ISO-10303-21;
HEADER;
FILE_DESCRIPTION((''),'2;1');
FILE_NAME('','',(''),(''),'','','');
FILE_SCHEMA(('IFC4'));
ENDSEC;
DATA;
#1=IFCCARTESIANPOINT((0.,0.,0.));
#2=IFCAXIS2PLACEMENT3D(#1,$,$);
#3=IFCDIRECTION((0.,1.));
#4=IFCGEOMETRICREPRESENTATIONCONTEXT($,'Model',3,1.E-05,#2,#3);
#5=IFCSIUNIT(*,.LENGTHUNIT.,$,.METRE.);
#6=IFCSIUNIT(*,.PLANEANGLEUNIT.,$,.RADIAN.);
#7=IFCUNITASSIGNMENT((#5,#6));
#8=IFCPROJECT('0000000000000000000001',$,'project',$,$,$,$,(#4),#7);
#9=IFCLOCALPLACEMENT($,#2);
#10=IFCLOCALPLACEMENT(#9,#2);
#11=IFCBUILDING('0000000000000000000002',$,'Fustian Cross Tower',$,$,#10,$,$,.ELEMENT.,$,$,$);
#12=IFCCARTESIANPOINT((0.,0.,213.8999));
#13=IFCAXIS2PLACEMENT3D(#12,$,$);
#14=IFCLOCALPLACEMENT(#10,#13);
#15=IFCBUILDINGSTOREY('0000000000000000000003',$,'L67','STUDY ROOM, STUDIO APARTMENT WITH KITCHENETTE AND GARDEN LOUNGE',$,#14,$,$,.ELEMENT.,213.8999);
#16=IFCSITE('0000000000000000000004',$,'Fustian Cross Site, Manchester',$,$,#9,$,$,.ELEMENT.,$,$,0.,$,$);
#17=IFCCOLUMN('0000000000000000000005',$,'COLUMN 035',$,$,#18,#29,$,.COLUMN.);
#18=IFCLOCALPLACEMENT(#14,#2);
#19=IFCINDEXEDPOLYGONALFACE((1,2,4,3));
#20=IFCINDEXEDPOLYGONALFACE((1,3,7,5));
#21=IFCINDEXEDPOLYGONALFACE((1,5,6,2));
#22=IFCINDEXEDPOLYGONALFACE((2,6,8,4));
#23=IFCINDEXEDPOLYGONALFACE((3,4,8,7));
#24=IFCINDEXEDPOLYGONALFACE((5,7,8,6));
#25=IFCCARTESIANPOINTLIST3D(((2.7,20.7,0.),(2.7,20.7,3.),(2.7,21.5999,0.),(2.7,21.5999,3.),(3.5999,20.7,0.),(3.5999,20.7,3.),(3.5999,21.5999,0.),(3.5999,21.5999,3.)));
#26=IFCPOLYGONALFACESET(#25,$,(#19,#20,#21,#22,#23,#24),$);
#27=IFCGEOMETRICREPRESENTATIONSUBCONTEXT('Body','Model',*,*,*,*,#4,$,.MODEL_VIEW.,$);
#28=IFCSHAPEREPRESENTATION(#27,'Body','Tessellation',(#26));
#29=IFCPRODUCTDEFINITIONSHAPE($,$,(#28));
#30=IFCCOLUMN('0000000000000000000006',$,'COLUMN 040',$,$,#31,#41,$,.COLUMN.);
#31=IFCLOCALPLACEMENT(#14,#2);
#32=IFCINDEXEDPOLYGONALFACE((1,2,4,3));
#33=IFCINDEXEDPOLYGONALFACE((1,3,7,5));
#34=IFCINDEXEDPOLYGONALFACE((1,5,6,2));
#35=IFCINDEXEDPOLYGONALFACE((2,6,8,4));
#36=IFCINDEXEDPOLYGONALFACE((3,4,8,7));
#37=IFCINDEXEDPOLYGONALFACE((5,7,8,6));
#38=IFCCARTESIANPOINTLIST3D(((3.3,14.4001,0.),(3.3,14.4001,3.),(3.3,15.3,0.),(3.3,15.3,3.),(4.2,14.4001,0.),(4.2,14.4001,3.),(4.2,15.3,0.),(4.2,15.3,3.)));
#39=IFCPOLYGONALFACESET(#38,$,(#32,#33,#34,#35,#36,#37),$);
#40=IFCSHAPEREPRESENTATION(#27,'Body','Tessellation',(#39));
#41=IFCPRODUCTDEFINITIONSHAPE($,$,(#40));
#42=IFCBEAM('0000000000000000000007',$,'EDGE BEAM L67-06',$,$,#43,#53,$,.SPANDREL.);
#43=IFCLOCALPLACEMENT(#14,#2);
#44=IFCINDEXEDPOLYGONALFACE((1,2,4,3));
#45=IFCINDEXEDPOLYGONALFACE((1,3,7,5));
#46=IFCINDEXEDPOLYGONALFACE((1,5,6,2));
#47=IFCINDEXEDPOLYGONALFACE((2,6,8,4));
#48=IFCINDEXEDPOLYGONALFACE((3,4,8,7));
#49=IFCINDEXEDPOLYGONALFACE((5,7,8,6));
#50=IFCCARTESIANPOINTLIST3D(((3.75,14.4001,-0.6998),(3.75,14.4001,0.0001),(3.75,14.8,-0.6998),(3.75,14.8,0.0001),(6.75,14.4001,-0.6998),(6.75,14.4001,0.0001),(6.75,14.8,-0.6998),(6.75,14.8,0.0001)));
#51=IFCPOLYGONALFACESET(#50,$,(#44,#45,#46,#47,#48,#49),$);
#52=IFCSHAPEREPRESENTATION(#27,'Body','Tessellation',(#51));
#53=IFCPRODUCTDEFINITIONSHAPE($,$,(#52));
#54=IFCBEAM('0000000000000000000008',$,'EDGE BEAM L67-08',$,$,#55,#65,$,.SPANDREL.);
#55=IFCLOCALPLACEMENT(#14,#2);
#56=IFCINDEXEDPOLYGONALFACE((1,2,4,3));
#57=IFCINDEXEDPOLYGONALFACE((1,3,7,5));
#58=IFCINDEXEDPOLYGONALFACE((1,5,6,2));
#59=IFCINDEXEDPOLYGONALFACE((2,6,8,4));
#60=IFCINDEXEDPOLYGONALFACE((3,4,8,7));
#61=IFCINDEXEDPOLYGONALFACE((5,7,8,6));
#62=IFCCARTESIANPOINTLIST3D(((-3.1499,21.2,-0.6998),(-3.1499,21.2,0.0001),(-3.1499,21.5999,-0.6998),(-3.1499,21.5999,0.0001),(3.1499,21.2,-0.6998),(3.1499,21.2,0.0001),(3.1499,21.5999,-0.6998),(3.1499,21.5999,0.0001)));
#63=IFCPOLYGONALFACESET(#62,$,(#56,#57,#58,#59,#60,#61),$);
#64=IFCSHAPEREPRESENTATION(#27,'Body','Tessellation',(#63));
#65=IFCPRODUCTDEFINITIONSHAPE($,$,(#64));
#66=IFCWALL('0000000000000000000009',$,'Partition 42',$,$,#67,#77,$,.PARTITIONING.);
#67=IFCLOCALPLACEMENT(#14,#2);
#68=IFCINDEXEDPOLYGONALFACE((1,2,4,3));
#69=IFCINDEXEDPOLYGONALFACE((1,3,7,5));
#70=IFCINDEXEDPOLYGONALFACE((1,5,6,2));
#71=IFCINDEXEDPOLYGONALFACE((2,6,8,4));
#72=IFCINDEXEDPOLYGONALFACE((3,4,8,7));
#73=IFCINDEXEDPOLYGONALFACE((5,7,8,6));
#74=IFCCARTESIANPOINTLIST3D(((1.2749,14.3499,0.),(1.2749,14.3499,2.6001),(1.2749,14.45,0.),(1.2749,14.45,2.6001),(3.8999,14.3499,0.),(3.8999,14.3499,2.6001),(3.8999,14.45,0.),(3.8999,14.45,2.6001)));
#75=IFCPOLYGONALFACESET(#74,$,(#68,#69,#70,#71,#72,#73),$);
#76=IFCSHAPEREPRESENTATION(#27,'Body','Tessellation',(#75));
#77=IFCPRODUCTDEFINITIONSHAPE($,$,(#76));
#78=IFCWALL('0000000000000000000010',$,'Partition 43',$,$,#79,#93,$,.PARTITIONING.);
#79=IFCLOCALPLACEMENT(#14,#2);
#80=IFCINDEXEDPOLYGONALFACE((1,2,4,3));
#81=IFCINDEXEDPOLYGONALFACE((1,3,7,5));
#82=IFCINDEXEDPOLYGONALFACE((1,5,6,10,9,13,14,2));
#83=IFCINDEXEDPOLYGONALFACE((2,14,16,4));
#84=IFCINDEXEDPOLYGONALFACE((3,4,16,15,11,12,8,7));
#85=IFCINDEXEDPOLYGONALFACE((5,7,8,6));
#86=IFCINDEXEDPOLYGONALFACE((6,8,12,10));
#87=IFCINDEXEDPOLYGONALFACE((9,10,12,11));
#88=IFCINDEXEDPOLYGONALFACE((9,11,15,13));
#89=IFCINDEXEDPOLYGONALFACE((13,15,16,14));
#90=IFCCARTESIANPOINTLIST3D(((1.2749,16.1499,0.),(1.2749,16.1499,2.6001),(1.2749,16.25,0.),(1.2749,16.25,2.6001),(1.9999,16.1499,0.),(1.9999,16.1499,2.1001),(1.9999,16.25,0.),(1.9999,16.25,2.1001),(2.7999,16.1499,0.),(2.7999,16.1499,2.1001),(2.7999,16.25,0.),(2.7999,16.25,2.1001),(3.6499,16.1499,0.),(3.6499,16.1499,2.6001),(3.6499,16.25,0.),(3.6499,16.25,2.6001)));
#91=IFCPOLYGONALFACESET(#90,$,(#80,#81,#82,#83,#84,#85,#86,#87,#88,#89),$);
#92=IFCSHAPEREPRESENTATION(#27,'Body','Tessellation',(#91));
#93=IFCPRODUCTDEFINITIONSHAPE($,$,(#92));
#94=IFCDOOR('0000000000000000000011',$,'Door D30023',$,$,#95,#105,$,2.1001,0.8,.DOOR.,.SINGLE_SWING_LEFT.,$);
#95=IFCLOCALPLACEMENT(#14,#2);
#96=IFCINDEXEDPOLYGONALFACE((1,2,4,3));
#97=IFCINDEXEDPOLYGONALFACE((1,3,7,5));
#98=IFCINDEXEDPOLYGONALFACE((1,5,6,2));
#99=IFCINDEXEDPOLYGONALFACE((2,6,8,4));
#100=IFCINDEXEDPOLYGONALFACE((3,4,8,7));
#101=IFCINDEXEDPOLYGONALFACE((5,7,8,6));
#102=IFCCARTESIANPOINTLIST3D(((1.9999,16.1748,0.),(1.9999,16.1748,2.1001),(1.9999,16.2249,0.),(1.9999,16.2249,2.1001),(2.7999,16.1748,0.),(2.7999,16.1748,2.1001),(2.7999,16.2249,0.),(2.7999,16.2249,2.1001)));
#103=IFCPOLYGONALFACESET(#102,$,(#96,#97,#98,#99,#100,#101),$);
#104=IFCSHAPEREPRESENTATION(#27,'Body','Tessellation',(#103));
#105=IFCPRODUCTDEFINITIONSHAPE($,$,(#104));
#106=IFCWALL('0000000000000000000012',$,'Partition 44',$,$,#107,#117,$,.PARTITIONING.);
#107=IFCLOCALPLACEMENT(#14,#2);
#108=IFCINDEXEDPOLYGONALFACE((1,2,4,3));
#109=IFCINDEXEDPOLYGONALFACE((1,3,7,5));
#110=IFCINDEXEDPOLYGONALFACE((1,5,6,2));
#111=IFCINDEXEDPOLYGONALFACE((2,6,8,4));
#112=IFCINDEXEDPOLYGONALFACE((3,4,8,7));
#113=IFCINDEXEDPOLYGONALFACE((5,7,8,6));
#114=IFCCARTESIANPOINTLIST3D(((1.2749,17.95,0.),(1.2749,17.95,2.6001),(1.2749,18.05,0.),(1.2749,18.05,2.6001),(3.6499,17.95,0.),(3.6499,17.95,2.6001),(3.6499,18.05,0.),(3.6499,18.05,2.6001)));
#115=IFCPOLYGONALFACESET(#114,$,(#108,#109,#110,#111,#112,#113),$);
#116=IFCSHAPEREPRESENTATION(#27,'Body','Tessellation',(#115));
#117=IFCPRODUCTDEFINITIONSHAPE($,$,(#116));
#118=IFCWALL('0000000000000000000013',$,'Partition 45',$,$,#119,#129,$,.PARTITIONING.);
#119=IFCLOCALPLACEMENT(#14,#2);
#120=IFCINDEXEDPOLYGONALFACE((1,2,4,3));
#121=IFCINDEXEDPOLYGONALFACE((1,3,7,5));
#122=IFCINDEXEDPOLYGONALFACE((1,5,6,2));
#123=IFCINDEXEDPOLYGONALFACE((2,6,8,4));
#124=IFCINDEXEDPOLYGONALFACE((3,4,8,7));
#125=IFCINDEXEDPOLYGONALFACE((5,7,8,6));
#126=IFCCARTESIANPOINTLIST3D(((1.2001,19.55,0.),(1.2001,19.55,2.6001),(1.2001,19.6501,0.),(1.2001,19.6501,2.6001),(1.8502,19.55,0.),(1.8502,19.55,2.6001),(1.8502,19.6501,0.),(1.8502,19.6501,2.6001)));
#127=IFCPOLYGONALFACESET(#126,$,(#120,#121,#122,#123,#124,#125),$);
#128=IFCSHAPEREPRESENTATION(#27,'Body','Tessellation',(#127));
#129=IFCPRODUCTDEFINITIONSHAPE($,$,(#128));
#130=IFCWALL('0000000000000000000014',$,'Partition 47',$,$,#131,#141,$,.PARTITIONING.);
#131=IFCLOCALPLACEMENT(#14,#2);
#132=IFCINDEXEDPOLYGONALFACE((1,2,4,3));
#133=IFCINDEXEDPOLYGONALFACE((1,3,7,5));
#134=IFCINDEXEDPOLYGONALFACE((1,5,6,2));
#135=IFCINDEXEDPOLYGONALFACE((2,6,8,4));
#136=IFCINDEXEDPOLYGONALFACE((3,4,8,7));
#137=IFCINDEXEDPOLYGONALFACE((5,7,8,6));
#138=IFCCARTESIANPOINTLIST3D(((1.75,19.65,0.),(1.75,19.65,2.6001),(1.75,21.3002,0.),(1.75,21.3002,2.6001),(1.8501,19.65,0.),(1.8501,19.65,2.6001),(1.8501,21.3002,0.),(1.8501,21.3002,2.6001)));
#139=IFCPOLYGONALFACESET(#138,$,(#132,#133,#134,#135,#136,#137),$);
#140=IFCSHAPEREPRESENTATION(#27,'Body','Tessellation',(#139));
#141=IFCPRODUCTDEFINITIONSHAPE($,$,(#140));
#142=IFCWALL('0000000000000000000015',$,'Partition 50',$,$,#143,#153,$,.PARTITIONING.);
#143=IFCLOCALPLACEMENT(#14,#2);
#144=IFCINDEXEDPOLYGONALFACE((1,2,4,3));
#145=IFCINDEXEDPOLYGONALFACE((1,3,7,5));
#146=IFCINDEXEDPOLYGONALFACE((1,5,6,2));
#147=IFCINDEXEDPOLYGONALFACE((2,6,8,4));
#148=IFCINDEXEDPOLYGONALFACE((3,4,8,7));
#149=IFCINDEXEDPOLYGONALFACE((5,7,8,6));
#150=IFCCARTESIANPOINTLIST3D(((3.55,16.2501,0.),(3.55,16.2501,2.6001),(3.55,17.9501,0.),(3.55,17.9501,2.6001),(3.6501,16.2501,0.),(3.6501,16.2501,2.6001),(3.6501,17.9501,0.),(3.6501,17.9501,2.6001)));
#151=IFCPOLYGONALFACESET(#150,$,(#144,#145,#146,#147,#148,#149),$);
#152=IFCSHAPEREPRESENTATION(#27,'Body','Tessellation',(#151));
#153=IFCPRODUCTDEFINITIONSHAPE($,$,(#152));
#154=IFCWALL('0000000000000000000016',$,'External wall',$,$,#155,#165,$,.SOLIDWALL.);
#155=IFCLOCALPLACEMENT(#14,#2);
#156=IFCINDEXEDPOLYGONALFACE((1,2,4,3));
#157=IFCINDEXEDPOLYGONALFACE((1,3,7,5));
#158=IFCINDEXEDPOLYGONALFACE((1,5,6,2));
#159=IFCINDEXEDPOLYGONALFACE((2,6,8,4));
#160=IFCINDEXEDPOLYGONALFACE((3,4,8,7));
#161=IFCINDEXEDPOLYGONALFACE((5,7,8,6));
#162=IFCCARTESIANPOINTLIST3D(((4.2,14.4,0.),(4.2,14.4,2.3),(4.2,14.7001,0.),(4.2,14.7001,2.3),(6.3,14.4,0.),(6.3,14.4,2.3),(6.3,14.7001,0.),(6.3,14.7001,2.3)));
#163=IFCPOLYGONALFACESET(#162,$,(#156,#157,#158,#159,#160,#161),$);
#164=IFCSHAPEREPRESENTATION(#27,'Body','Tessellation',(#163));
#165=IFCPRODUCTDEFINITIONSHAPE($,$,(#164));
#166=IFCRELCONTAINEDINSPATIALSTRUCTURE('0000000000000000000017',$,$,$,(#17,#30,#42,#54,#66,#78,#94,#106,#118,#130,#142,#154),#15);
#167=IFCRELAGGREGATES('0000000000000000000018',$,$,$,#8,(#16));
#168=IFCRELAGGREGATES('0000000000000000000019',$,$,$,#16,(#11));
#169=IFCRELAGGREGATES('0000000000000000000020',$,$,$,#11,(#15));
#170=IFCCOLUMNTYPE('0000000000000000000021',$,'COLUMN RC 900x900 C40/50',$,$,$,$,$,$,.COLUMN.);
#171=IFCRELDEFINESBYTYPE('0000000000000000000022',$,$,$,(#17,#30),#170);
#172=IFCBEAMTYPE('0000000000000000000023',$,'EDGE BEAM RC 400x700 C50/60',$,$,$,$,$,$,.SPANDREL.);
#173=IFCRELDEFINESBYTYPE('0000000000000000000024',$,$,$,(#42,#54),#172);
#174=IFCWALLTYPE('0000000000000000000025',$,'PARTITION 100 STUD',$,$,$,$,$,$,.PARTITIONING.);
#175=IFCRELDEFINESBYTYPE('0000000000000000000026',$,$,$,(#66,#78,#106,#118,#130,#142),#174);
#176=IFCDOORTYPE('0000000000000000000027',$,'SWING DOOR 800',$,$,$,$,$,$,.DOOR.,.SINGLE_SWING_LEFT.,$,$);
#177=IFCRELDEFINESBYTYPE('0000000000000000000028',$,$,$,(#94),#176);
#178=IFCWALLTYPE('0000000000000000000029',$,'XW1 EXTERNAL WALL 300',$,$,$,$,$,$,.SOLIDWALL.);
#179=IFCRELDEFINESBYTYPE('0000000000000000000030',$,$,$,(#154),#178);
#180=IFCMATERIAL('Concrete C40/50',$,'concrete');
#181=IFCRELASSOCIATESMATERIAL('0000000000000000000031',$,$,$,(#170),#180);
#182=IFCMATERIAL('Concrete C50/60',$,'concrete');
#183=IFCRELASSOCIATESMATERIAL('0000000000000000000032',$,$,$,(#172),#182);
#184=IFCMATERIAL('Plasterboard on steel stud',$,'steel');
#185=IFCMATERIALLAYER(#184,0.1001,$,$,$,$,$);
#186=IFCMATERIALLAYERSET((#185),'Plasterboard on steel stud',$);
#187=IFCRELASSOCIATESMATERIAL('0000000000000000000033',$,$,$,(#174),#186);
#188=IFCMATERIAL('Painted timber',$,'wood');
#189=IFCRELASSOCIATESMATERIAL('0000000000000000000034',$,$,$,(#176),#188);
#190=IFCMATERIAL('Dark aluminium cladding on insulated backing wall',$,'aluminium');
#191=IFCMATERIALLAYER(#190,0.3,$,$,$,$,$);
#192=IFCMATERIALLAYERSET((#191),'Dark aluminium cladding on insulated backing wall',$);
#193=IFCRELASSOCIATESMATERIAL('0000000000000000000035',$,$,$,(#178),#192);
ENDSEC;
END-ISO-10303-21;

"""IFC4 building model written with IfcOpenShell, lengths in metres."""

from ifc_helpers import new_model, si_unit, direction, frame, frame_2d, origin, origin_2d, place, context, subcontext, project, spatial, rectangle, extrude, material, layer, layer_set, material_profile, profile_set, type_object, element, fill, save


model = new_model("IFC4")

# Units and contexts
model_context = context("Model", 3, precision=1e-05, world=origin(), true_north=direction((0.0, 1.0)))
body_context = subcontext(model_context, "Body", "Model", "MODEL_VIEW")
ifc_project = project(units=[si_unit("LENGTHUNIT", "METRE"), si_unit("PLANEANGLEUNIT", "RADIAN")], contexts=[model_context])

# Site, building, storey
site_placement = place(None, origin())
site = spatial("IfcSite", under=ifc_project, at=site_placement, Name="Fustian Cross Site, Manchester", CompositionType="ELEMENT", RefElevation=0.0)
building_placement = place(site_placement, origin())
building = spatial("IfcBuilding", under=site, at=building_placement, Name="Fustian Cross Tower", CompositionType="ELEMENT")
storey_placement = place(building_placement, frame((0.0, 0.0, 213.8999)))
storey = spatial("IfcBuildingStorey", under=building, at=storey_placement, Name="L67", Description="STUDY ROOM, STUDIO APARTMENT WITH KITCHENETTE AND GARDEN LOUNGE", CompositionType="ELEMENT", Elevation=213.8999)

# Columns
ifc_material_1 = material(Name="Concrete C40/50", Category="concrete")
ifc_material_profile_1 = material_profile(ifc_material_1, rectangle(XDim=0.8999, YDim=0.8999, at=origin_2d()), Name="RC 900x900")
ifc_profile_set_1 = profile_set([ifc_material_profile_1], Name="Concrete C40/50")
column_type = type_object("IfcColumnType", Name="COLUMN RC 900x900 C40/50", PredefinedType="COLUMN", material=ifc_profile_set_1)
for number, where, z_axis, x_axis, name in (
    (1, (3.1499, 21.1499, 0.0), (0.0, 0.0, 1.0), (1.0, 0.0, 0.0), "COLUMN 035"),
    (2, (3.75, 14.8501, 0.0), (0.0, 0.0, 1.0), (1.0, 0.0, 0.0), "COLUMN 040"),
):
    element("IfcColumn", number, at=place(storey_placement, frame(where, z_axis=z_axis, x_axis=x_axis)), inside=storey, type_object=column_type, Name=name, PredefinedType="COLUMN", context=body_context, shape_type="SweptSolid", body=[
        extrude(rectangle(XDim=0.8999, YDim=0.8999, at=origin_2d()), origin(), (0.0, 0.0, 1.0), 3.0),
    ])

# Beams
ifc_material_2 = material(Name="Concrete C50/60", Category="concrete")
ifc_material_profile_2 = material_profile(ifc_material_2, rectangle(XDim=0.3999, YDim=0.7, at=origin_2d()), Name="RC 400x700")
ifc_profile_set_2 = profile_set([ifc_material_profile_2], Name="Concrete C50/60")
beam_type = type_object("IfcBeamType", Name="EDGE BEAM RC 400x700 C50/60", PredefinedType="SPANDREL", material=ifc_profile_set_2)
beam_1_placement = place(storey_placement, frame((3.75, 14.6001, -0.3499), z_axis=(1.0, 0.0, 0.0), x_axis=(0.0, 1.0, 0.0)))
element("IfcBeam", 3, at=beam_1_placement, inside=storey, type_object=beam_type, Name="EDGE BEAM L67-06", PredefinedType="SPANDREL", context=body_context, shape_type="SweptSolid", body=[
    extrude(rectangle(XDim=0.3999, YDim=0.7, at=origin_2d()), origin(), (0.0, 0.0, 1.0), 3.0),
])
beam_2_placement = place(storey_placement, frame((3.1499, 21.3999, -0.3499), z_axis=(-1.0, 0.0, 0.0), x_axis=(0.0, -1.0, 0.0)))
element("IfcBeam", 4, at=beam_2_placement, inside=storey, type_object=beam_type, Name="EDGE BEAM L67-08", PredefinedType="SPANDREL", context=body_context, shape_type="SweptSolid", body=[
    extrude(rectangle(XDim=0.3999, YDim=0.7, at=origin_2d()), origin(), (0.0, 0.0, 1.0), 6.2998),
])

# Wall
ifc_material_3 = material(Name="Plasterboard on steel stud", Category="steel")
ifc_layer_1 = layer(ifc_material_3, 0.1001)
ifc_layer_set_1 = layer_set([ifc_layer_1], Name="Plasterboard on steel stud")
wall_type_1 = type_object("IfcWallType", Name="PARTITION 100 STUD", PredefinedType="PARTITIONING", material=ifc_layer_set_1)
wall_1_placement = place(storey_placement, frame((1.2749, 14.3999, 0.0), z_axis=(0.0, 0.0, 1.0), x_axis=(1.0, 0.0, 0.0)))
element("IfcWall", 5, at=wall_1_placement, inside=storey, type_object=wall_type_1, Name="Partition 42", PredefinedType="PARTITIONING", context=body_context, shape_type="SweptSolid", body=[
    extrude(rectangle(XDim=2.625, YDim=0.1001, at=frame_2d((1.3125, 0.0))), origin(), (0.0, 0.0, 1.0), 2.6001),
])

# Wall, opening, door
wall_2_placement = place(storey_placement, frame((1.2749, 16.2, 0.0), z_axis=(0.0, 0.0, 1.0), x_axis=(1.0, 0.0, 0.0)))
wall_2 = element("IfcWall", 6, at=wall_2_placement, inside=storey, type_object=wall_type_1, Name="Partition 43", PredefinedType="PARTITIONING", context=body_context, shape_type="SweptSolid", body=[
    extrude(rectangle(XDim=2.375, YDim=0.1001, at=frame_2d((1.1875, 0.0))), origin(), (0.0, 0.0, 1.0), 2.6001),
])
opening_1_placement = place(wall_2_placement, frame((0.7251, 0.0, 0.0)))
opening_1 = element("IfcOpeningElement", 7, at=opening_1_placement, cuts=wall_2, PredefinedType="OPENING", context=body_context, shape_type="SweptSolid", body=[
    extrude(rectangle(XDim=0.8, YDim=2.1001, at=frame_2d((0.3999, 1.05))), frame((0.0, 0.0601, 0.0), z_axis=(0.0, -1.0, 0.0), x_axis=(1.0, 0.0, 0.0)), (0.0, 0.0, 1.0), 0.1201),
])
ifc_material_4 = material(Name="Painted timber", Category="wood")
door_type = type_object("IfcDoorType", Name="SWING DOOR 800", OperationType="SINGLE_SWING_LEFT", PredefinedType="DOOR", material=ifc_material_4)
door_placement = place(opening_1_placement, origin())
door = element("IfcDoor", 8, at=door_placement, inside=storey, type_object=door_type, Name="Door D30023", OperationType="SINGLE_SWING_LEFT", OverallHeight=2.1001, OverallWidth=0.8, PredefinedType="DOOR", context=body_context, shape_type="SweptSolid", body=[
    extrude(rectangle(XDim=0.8, YDim=2.1001, at=frame_2d((0.3999, 1.05))), frame((0.0, 0.0249, 0.0), z_axis=(0.0, -1.0, 0.0), x_axis=(1.0, 0.0, 0.0)), (0.0, 0.0, 1.0), 0.05),
])
fill(opening_1, door)

# Walls
wall_3_placement = place(storey_placement, frame((1.2749, 18.0, 0.0), z_axis=(0.0, 0.0, 1.0), x_axis=(1.0, 0.0, 0.0)))
element("IfcWall", 9, at=wall_3_placement, inside=storey, type_object=wall_type_1, Name="Partition 44", PredefinedType="PARTITIONING", context=body_context, shape_type="SweptSolid", body=[
    extrude(rectangle(XDim=2.375, YDim=0.1001, at=frame_2d((1.1875, 0.0))), origin(), (0.0, 0.0, 1.0), 2.6001),
])
wall_4_placement = place(storey_placement, frame((1.2, 19.6001, 0.0), z_axis=(0.0, 0.0, 1.0), x_axis=(1.0, 0.0, 0.0)))
element("IfcWall", 10, at=wall_4_placement, inside=storey, type_object=wall_type_1, Name="Partition 45", PredefinedType="PARTITIONING", context=body_context, shape_type="SweptSolid", body=[
    extrude(rectangle(XDim=0.6501, YDim=0.1001, at=frame_2d((0.3252, 0.0))), origin(), (0.0, 0.0, 1.0), 2.6001),
])
wall_5_placement = place(storey_placement, frame((1.8, 19.6499, 0.0), z_axis=(0.0, 0.0, 1.0), x_axis=(0.0, 1.0, 0.0)))
element("IfcWall", 11, at=wall_5_placement, inside=storey, type_object=wall_type_1, Name="Partition 47", PredefinedType="PARTITIONING", context=body_context, shape_type="SweptSolid", body=[
    extrude(rectangle(XDim=1.6501, YDim=0.1001, at=frame_2d((0.8252, 0.0))), origin(), (0.0, 0.0, 1.0), 2.6001),
])
wall_6_placement = place(storey_placement, frame((3.6001, 16.25, 0.0), z_axis=(0.0, 0.0, 1.0), x_axis=(0.0, 1.0, 0.0)))
element("IfcWall", 12, at=wall_6_placement, inside=storey, type_object=wall_type_1, Name="Partition 50", PredefinedType="PARTITIONING", context=body_context, shape_type="SweptSolid", body=[
    extrude(rectangle(XDim=1.7, YDim=0.1001, at=frame_2d((0.8501, 0.0))), origin(), (0.0, 0.0, 1.0), 2.6001),
])
ifc_material_5 = material(Name="Dark aluminium cladding on insulated backing wall", Category="aluminium")
ifc_layer_2 = layer(ifc_material_5, 0.3)
ifc_layer_set_2 = layer_set([ifc_layer_2], Name="Dark aluminium cladding on insulated backing wall")
wall_type_2 = type_object("IfcWallType", Name="XW1 EXTERNAL WALL 300", PredefinedType="SOLIDWALL", material=ifc_layer_set_2)
wall_7_placement = place(storey_placement, frame((4.2, 14.55, 0.0), z_axis=(0.0, 0.0, 1.0), x_axis=(1.0, 0.0, 0.0)))
element("IfcWall", 13, at=wall_7_placement, inside=storey, type_object=wall_type_2, Name="External wall", PredefinedType="SOLIDWALL", context=body_context, shape_type="SweptSolid", body=[
    extrude(rectangle(XDim=2.1001, YDim=0.3, at=frame_2d((1.05, 0.0))), origin(), (0.0, 0.0, 1.0), 2.3),
])

save(model, "model.ifc")
